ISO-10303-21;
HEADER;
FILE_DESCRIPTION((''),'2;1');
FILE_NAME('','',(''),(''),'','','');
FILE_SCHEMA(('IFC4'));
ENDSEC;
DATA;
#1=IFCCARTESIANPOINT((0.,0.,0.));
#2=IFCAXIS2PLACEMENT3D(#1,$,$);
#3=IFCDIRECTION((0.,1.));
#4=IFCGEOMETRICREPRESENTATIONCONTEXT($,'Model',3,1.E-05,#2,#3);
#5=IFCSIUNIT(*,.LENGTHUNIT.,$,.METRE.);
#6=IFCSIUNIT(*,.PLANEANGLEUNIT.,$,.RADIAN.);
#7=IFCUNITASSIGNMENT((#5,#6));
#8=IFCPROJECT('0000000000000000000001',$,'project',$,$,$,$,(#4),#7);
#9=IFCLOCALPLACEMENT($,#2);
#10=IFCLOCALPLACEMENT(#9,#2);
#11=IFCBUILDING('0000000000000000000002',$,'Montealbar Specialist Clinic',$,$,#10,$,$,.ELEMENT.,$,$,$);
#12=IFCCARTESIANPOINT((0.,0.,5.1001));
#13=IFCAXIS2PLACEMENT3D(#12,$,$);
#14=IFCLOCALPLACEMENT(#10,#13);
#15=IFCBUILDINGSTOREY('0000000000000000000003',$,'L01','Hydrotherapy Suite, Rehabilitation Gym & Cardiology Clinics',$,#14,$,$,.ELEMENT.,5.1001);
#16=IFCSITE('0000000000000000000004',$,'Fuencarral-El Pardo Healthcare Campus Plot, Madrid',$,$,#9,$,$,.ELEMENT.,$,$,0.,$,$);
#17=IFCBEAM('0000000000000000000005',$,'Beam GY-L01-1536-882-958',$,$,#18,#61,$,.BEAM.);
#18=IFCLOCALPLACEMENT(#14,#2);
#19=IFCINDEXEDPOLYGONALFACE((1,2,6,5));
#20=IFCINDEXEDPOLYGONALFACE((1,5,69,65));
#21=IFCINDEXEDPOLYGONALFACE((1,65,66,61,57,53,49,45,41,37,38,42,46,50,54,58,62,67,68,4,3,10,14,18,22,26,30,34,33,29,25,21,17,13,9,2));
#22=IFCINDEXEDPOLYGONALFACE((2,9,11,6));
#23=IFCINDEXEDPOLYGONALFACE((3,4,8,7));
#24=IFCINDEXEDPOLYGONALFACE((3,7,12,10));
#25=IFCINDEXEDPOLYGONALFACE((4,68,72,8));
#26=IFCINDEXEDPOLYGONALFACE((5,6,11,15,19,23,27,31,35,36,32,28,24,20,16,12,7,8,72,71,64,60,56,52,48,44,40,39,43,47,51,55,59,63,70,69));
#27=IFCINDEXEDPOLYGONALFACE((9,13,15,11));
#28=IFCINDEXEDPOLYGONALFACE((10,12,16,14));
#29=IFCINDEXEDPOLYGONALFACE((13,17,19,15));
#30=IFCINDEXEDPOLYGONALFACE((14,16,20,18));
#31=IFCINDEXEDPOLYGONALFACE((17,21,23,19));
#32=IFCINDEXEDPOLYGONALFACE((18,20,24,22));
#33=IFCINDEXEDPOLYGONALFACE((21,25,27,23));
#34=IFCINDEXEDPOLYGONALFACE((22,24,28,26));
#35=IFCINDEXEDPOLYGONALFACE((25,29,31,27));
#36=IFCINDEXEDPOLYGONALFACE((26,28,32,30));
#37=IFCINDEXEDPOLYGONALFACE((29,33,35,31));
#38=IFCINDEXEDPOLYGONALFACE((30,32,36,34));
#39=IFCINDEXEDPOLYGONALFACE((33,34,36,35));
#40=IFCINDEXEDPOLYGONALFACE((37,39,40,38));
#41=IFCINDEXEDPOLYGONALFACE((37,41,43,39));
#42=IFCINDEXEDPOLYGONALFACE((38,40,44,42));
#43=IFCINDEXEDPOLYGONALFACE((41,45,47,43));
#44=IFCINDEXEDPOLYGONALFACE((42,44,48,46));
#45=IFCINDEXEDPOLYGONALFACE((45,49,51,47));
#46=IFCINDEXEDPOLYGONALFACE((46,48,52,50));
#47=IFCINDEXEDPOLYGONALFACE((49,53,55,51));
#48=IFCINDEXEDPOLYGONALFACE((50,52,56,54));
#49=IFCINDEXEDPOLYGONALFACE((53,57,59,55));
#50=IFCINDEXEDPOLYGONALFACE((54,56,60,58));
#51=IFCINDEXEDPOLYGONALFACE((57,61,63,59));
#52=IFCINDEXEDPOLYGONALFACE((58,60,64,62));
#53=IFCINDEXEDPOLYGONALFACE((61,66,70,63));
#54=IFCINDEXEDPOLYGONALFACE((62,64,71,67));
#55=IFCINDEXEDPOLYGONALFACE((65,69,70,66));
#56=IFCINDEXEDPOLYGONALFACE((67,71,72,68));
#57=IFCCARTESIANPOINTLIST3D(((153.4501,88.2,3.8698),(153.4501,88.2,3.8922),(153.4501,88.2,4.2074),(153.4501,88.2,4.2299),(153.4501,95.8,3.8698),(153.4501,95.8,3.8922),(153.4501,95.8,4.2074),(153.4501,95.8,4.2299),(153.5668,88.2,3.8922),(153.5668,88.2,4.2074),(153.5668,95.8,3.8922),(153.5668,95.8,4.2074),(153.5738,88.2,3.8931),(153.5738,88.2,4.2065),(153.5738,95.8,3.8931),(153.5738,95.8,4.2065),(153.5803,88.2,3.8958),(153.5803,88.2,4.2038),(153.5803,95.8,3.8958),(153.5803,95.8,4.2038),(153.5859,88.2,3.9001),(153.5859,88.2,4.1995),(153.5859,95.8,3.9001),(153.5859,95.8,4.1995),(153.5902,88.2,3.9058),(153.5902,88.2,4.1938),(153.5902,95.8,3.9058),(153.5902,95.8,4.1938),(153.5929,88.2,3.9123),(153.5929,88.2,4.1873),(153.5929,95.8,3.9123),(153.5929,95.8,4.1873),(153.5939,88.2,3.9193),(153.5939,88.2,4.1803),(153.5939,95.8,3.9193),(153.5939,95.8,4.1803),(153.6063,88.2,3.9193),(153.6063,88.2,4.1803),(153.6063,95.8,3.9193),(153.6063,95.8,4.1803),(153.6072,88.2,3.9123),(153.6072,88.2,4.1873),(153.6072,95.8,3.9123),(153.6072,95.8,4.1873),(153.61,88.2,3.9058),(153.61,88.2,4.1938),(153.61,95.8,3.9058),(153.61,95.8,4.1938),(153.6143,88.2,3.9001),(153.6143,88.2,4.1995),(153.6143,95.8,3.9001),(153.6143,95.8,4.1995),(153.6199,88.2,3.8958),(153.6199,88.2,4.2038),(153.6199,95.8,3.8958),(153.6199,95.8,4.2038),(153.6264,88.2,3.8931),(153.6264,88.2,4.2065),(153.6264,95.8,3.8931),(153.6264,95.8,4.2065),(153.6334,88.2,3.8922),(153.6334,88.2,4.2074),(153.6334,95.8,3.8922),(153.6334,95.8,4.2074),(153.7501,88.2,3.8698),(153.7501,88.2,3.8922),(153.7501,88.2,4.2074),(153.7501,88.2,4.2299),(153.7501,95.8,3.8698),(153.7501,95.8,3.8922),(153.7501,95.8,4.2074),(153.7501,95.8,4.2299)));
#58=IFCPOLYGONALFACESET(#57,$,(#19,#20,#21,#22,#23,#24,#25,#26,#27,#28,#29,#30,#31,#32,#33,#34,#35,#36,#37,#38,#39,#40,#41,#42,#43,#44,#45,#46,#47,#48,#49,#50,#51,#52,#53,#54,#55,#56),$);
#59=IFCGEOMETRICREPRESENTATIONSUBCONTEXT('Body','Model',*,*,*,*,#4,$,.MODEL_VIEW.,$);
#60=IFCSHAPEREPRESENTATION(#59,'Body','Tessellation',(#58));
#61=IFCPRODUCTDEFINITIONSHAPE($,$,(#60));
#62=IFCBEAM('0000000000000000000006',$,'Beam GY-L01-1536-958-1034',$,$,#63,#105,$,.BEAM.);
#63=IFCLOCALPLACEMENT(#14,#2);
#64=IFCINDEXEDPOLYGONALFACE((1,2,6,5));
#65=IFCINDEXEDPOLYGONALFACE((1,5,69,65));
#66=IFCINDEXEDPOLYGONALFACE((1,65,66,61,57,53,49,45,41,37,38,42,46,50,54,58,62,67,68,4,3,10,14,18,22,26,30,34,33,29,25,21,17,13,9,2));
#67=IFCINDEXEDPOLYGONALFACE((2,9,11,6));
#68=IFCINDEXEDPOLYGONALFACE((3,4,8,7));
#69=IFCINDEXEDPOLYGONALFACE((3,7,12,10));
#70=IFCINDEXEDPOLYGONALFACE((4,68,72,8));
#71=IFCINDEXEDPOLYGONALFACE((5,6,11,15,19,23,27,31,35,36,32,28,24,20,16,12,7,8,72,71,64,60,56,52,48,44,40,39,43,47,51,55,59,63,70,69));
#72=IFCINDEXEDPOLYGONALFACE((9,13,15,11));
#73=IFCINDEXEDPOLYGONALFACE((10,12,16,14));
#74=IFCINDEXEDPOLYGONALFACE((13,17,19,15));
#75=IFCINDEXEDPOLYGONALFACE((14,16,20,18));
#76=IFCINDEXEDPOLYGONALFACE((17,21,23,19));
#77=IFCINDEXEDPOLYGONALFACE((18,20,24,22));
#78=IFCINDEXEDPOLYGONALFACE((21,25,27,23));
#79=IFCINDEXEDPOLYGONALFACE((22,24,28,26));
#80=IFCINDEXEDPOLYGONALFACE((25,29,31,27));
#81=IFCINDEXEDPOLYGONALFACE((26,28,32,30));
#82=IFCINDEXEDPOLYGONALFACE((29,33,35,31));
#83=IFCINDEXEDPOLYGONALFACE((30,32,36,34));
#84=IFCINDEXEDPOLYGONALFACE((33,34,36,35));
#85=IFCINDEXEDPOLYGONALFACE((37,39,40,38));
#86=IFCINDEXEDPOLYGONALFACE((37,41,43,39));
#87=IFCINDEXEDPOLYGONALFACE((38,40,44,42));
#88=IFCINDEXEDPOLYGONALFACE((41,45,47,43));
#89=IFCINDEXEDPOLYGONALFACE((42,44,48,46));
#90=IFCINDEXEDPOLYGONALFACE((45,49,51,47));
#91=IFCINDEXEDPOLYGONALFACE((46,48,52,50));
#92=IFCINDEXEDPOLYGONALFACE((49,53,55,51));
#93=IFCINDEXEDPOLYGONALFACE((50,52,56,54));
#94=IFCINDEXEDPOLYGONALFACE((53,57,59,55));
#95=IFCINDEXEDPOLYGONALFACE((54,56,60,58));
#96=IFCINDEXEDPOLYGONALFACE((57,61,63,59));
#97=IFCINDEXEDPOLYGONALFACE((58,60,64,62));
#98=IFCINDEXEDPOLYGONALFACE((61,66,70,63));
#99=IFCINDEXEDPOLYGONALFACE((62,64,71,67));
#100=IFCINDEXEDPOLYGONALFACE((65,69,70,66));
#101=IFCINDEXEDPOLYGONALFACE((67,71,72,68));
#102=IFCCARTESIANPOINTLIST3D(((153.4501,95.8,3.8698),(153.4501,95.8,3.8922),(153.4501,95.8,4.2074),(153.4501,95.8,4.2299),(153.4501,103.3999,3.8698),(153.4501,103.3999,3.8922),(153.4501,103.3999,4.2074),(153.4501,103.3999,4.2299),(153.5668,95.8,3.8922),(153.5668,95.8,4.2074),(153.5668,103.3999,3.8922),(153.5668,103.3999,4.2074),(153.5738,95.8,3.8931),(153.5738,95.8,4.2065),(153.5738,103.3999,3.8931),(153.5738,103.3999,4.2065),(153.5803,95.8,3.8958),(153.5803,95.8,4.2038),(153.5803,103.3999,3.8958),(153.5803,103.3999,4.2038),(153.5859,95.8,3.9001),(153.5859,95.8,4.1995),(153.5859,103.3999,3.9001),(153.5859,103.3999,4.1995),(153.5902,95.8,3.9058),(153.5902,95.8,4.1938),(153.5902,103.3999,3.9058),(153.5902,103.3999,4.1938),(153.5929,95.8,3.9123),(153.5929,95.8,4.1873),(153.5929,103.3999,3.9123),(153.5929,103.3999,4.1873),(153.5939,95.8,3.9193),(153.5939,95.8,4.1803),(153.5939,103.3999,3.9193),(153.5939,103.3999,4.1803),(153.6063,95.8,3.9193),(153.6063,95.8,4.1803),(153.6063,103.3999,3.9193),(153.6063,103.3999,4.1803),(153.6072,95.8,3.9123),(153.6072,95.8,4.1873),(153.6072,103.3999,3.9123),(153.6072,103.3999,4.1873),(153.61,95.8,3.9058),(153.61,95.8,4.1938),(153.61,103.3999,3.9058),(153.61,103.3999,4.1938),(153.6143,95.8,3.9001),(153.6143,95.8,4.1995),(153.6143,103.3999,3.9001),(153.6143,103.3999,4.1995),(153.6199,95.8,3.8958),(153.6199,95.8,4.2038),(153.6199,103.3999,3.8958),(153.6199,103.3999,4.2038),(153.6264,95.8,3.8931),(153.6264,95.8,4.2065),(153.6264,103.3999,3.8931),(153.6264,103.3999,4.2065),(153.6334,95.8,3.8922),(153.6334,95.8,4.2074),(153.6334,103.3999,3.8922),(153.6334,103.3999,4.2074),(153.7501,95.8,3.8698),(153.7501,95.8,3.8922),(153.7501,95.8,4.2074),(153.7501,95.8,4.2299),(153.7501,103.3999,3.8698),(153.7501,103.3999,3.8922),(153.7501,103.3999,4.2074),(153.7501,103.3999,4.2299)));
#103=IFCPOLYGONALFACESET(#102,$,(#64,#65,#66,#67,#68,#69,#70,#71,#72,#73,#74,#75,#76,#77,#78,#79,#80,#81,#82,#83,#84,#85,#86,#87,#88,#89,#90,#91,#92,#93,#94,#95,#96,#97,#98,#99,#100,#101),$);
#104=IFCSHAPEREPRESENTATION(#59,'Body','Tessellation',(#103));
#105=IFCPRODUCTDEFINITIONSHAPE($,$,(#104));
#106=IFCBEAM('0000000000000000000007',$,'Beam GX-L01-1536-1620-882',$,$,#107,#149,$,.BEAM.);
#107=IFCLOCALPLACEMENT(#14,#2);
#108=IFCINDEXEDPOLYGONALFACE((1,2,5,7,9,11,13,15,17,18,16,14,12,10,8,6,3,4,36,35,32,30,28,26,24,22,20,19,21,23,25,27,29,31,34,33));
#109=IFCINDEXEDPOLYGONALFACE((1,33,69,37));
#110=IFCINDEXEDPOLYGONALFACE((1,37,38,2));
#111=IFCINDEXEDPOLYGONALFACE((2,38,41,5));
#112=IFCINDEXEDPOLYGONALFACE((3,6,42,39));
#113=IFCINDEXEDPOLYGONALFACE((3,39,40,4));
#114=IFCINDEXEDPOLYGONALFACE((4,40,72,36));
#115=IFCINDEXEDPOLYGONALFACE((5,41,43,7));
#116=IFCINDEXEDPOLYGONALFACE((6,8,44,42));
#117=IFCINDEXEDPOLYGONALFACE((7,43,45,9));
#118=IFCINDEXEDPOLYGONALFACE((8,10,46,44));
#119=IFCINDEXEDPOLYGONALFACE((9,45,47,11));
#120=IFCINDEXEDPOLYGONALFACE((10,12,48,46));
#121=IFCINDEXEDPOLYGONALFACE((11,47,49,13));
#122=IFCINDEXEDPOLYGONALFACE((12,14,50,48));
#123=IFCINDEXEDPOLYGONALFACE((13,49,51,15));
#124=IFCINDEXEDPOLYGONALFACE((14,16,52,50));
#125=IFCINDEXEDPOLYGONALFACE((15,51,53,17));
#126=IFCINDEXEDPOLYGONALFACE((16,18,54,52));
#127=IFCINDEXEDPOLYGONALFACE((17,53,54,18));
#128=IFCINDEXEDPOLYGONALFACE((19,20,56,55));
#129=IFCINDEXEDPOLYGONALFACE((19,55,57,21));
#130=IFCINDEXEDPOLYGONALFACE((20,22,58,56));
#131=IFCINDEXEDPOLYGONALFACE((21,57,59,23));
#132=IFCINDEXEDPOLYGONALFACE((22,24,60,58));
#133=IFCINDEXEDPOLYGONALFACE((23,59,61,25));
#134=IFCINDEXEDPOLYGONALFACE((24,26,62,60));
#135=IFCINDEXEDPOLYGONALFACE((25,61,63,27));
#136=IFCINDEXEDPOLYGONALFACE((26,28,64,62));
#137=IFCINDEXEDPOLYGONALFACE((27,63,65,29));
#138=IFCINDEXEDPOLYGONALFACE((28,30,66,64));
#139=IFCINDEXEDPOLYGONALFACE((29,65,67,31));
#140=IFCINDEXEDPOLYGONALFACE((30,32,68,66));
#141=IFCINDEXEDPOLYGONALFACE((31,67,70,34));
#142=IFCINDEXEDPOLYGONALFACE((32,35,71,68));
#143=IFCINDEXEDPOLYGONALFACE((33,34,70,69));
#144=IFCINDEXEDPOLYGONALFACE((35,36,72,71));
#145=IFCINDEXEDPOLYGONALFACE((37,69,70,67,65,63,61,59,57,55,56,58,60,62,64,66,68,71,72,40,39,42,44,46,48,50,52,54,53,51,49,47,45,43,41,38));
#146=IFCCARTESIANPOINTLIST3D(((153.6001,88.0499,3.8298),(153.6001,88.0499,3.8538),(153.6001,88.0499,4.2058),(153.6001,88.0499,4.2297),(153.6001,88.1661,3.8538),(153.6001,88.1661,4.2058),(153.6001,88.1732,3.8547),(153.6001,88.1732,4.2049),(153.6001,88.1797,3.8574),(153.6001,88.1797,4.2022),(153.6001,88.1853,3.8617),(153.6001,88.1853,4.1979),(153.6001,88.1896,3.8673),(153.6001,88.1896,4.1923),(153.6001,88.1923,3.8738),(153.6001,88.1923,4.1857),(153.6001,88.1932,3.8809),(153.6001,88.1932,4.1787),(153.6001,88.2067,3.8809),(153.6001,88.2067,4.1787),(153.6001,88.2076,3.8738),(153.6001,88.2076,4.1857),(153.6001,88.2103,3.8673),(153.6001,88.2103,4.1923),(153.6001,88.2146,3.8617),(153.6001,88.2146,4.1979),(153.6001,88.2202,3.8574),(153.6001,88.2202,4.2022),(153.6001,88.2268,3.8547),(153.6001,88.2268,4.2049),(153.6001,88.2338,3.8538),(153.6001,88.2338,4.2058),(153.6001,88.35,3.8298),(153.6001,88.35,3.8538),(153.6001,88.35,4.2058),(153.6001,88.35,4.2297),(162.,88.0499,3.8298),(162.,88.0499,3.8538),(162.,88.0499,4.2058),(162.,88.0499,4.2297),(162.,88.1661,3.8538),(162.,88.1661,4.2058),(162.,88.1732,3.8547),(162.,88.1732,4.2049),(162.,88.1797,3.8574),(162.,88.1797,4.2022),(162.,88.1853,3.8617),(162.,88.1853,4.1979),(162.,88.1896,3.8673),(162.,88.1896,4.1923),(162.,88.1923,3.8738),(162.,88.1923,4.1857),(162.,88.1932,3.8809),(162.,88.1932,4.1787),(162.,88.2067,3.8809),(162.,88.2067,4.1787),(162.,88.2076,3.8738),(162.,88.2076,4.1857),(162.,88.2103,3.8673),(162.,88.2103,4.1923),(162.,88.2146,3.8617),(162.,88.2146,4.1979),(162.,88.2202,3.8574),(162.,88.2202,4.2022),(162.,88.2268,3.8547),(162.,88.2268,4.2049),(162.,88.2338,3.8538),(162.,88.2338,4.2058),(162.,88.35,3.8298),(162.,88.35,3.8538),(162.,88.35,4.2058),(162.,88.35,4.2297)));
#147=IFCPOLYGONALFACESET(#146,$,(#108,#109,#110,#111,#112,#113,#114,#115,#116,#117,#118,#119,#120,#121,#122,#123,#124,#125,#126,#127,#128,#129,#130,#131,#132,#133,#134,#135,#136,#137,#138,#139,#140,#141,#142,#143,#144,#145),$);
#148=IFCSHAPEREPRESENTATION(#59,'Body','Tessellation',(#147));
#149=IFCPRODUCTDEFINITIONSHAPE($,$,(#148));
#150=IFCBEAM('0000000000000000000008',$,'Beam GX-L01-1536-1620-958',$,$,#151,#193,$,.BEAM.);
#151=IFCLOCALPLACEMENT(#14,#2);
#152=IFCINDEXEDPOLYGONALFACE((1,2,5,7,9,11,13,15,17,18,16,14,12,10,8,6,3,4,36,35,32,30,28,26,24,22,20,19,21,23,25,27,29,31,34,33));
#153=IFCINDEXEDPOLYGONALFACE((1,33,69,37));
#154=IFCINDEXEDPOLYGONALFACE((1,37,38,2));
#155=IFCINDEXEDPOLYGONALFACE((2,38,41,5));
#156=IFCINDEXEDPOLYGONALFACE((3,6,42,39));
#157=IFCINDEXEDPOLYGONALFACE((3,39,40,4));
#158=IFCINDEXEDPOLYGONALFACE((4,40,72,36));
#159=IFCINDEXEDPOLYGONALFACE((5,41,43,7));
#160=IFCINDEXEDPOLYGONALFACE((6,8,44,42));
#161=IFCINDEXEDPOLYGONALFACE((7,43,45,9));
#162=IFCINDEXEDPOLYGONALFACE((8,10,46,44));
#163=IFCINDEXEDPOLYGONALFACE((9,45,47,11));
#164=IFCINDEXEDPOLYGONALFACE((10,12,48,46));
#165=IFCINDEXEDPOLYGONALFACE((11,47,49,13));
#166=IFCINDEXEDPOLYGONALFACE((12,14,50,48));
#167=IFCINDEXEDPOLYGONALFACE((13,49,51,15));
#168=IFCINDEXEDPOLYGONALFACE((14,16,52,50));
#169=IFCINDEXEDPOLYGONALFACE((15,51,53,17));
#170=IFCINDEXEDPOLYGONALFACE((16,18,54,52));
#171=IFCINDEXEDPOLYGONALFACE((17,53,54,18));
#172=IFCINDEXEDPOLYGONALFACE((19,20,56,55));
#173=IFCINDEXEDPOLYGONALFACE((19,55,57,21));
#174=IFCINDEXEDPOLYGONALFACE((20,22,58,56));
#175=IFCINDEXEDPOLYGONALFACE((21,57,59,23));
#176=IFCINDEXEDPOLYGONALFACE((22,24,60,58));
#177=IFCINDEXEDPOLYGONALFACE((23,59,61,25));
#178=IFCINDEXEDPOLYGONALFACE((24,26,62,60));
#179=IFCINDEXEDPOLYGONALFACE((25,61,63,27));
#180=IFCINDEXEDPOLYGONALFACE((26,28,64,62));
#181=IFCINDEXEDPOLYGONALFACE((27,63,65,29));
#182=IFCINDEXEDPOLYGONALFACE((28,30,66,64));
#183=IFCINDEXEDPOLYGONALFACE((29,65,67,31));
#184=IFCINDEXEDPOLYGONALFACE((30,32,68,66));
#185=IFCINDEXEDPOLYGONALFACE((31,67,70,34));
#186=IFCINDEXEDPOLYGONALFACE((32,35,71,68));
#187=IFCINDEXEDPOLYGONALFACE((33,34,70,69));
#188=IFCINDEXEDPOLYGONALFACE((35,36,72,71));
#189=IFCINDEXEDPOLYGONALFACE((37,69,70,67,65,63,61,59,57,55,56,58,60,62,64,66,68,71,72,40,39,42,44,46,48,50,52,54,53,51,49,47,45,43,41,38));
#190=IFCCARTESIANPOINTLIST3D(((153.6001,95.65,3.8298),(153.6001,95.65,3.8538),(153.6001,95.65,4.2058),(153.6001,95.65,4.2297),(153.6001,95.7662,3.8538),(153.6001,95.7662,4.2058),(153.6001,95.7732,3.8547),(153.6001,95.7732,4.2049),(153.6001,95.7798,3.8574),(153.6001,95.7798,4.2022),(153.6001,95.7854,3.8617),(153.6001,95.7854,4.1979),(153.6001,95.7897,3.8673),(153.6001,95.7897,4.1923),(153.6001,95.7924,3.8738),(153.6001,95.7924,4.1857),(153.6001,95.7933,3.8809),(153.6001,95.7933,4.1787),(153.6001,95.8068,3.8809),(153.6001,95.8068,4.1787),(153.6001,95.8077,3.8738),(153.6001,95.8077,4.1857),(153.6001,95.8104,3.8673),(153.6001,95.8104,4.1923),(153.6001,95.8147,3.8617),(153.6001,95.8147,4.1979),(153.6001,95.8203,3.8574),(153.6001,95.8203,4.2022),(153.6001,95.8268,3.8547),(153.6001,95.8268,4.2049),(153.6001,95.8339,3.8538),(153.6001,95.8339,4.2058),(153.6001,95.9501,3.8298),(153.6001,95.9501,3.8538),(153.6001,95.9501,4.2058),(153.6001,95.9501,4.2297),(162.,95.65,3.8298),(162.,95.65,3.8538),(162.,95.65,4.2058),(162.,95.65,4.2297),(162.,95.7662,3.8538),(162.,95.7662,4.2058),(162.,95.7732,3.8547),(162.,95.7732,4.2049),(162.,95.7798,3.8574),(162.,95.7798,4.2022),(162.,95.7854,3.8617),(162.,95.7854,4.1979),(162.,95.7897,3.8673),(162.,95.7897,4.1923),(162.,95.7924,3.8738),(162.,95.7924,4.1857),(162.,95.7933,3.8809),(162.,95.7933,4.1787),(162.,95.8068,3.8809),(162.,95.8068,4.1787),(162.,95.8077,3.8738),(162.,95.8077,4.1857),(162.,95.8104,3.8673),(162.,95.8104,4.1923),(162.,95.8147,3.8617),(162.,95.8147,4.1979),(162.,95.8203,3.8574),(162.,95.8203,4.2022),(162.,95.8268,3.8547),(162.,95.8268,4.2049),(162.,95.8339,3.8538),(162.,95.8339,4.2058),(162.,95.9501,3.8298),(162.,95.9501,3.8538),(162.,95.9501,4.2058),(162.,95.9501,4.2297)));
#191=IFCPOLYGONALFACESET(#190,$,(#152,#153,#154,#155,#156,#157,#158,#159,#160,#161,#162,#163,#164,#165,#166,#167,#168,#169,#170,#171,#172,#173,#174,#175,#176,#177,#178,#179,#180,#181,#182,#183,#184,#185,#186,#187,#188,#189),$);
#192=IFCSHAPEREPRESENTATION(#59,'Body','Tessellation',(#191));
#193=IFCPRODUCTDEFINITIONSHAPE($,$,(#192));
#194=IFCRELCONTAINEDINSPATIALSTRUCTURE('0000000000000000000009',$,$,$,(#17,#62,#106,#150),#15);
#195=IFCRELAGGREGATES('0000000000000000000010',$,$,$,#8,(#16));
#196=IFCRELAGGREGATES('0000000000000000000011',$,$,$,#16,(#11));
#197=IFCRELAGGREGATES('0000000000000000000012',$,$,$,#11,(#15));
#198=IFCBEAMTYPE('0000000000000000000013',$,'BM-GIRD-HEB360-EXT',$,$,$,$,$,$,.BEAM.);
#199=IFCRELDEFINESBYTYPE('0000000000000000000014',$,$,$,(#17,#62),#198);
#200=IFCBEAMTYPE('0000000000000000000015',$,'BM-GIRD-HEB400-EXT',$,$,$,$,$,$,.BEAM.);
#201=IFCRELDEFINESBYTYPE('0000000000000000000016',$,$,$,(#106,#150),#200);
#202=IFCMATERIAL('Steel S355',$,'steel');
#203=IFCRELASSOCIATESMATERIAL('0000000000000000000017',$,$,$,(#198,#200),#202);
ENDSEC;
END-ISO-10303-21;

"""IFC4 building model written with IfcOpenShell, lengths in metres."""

from ifc_helpers import new_model, si_unit, direction, frame, origin, origin_2d, place, context, subcontext, project, spatial, i_section, extrude, material, material_profile, profile_set, type_object, element, save


model = new_model("IFC4")

# Units and contexts
model_context = context("Model", 3, precision=1e-05, world=origin(), true_north=direction((0.0, 1.0)))
body_context = subcontext(model_context, "Body", "Model", "MODEL_VIEW")
ifc_project = project(units=[si_unit("LENGTHUNIT", "METRE"), si_unit("PLANEANGLEUNIT", "RADIAN")], contexts=[model_context])

# Site, building, storey
site_placement = place(None, origin())
site = spatial("IfcSite", under=ifc_project, at=site_placement, Name="Fuencarral-El Pardo Healthcare Campus Plot, Madrid", CompositionType="ELEMENT", RefElevation=0.0)
building_placement = place(site_placement, origin())
building = spatial("IfcBuilding", under=site, at=building_placement, Name="Montealbar Specialist Clinic", CompositionType="ELEMENT")
storey_placement = place(building_placement, frame((0.0, 0.0, 5.1001)))
storey = spatial("IfcBuildingStorey", under=building, at=storey_placement, Name="L01", Description="Hydrotherapy Suite, Rehabilitation Gym & Cardiology Clinics", CompositionType="ELEMENT", Elevation=5.1001)

# Shared definitions
ifc_material_1 = material(Name="Steel S355", Category="steel")

# Beams
ifc_material_profile_1 = material_profile(ifc_material_1, i_section(OverallWidth=0.3, OverallDepth=0.3601, WebThickness=0.0125, FlangeThickness=0.0225, FilletRadius=0.0271, at=origin_2d()), Name="HEB 360", Category="steel")
ifc_profile_set_1 = profile_set([ifc_material_profile_1], Name="Steel S355")
beam_type_1 = type_object("IfcBeamType", Name="BM-GIRD-HEB360-EXT", PredefinedType="BEAM", material=ifc_profile_set_1)
beam_1_placement = place(storey_placement, frame((153.6001, 88.2, 4.0498), z_axis=(0.0, 1.0, 0.0), x_axis=(-1.0, 0.0, 0.0)))
element("IfcBeam", 1, at=beam_1_placement, inside=storey, type_object=beam_type_1, Name="Beam GY-L01-1536-882-958", PredefinedType="BEAM", context=body_context, shape_type="SweptSolid", body=[
    extrude(i_section(OverallWidth=0.3, OverallDepth=0.3601, WebThickness=0.0125, FlangeThickness=0.0225, FilletRadius=0.0271, at=origin_2d()), origin(), (0.0, 0.0, 1.0), 7.6001),
])
beam_2_placement = place(storey_placement, frame((153.6001, 95.8, 4.0498), z_axis=(0.0, 1.0, 0.0), x_axis=(-1.0, 0.0, 0.0)))
element("IfcBeam", 2, at=beam_2_placement, inside=storey, type_object=beam_type_1, Name="Beam GY-L01-1536-958-1034", PredefinedType="BEAM", context=body_context, shape_type="SweptSolid", body=[
    extrude(i_section(OverallWidth=0.3, OverallDepth=0.3601, WebThickness=0.0125, FlangeThickness=0.0225, FilletRadius=0.0271, at=origin_2d()), origin(), (0.0, 0.0, 1.0), 7.5999),
])
ifc_material_profile_2 = material_profile(ifc_material_1, i_section(OverallWidth=0.3, OverallDepth=0.3999, WebThickness=0.0134, FlangeThickness=0.0239, FilletRadius=0.0271, at=origin_2d()), Name="HEB 400", Category="steel")
ifc_profile_set_2 = profile_set([ifc_material_profile_2], Name="Steel S355")
beam_type_2 = type_object("IfcBeamType", Name="BM-GIRD-HEB400-EXT", PredefinedType="BEAM", material=ifc_profile_set_2)
for number, where, z_axis, x_axis, name in (
    (3, (153.6001, 88.2, 4.0298), (1.0, 0.0, 0.0), (0.0, 1.0, 0.0), "Beam GX-L01-1536-1620-882"),
    (4, (153.6001, 95.8, 4.0298), (1.0, 0.0, 0.0), (0.0, 1.0, 0.0), "Beam GX-L01-1536-1620-958"),
):
    element("IfcBeam", number, at=place(storey_placement, frame(where, z_axis=z_axis, x_axis=x_axis)), inside=storey, type_object=beam_type_2, Name=name, PredefinedType="BEAM", context=body_context, shape_type="SweptSolid", body=[
        extrude(i_section(OverallWidth=0.3, OverallDepth=0.3999, WebThickness=0.0134, FlangeThickness=0.0239, FilletRadius=0.0271, at=origin_2d()), origin(), (0.0, 0.0, 1.0), 8.3999),
    ])

save(model, "model.ifc")
